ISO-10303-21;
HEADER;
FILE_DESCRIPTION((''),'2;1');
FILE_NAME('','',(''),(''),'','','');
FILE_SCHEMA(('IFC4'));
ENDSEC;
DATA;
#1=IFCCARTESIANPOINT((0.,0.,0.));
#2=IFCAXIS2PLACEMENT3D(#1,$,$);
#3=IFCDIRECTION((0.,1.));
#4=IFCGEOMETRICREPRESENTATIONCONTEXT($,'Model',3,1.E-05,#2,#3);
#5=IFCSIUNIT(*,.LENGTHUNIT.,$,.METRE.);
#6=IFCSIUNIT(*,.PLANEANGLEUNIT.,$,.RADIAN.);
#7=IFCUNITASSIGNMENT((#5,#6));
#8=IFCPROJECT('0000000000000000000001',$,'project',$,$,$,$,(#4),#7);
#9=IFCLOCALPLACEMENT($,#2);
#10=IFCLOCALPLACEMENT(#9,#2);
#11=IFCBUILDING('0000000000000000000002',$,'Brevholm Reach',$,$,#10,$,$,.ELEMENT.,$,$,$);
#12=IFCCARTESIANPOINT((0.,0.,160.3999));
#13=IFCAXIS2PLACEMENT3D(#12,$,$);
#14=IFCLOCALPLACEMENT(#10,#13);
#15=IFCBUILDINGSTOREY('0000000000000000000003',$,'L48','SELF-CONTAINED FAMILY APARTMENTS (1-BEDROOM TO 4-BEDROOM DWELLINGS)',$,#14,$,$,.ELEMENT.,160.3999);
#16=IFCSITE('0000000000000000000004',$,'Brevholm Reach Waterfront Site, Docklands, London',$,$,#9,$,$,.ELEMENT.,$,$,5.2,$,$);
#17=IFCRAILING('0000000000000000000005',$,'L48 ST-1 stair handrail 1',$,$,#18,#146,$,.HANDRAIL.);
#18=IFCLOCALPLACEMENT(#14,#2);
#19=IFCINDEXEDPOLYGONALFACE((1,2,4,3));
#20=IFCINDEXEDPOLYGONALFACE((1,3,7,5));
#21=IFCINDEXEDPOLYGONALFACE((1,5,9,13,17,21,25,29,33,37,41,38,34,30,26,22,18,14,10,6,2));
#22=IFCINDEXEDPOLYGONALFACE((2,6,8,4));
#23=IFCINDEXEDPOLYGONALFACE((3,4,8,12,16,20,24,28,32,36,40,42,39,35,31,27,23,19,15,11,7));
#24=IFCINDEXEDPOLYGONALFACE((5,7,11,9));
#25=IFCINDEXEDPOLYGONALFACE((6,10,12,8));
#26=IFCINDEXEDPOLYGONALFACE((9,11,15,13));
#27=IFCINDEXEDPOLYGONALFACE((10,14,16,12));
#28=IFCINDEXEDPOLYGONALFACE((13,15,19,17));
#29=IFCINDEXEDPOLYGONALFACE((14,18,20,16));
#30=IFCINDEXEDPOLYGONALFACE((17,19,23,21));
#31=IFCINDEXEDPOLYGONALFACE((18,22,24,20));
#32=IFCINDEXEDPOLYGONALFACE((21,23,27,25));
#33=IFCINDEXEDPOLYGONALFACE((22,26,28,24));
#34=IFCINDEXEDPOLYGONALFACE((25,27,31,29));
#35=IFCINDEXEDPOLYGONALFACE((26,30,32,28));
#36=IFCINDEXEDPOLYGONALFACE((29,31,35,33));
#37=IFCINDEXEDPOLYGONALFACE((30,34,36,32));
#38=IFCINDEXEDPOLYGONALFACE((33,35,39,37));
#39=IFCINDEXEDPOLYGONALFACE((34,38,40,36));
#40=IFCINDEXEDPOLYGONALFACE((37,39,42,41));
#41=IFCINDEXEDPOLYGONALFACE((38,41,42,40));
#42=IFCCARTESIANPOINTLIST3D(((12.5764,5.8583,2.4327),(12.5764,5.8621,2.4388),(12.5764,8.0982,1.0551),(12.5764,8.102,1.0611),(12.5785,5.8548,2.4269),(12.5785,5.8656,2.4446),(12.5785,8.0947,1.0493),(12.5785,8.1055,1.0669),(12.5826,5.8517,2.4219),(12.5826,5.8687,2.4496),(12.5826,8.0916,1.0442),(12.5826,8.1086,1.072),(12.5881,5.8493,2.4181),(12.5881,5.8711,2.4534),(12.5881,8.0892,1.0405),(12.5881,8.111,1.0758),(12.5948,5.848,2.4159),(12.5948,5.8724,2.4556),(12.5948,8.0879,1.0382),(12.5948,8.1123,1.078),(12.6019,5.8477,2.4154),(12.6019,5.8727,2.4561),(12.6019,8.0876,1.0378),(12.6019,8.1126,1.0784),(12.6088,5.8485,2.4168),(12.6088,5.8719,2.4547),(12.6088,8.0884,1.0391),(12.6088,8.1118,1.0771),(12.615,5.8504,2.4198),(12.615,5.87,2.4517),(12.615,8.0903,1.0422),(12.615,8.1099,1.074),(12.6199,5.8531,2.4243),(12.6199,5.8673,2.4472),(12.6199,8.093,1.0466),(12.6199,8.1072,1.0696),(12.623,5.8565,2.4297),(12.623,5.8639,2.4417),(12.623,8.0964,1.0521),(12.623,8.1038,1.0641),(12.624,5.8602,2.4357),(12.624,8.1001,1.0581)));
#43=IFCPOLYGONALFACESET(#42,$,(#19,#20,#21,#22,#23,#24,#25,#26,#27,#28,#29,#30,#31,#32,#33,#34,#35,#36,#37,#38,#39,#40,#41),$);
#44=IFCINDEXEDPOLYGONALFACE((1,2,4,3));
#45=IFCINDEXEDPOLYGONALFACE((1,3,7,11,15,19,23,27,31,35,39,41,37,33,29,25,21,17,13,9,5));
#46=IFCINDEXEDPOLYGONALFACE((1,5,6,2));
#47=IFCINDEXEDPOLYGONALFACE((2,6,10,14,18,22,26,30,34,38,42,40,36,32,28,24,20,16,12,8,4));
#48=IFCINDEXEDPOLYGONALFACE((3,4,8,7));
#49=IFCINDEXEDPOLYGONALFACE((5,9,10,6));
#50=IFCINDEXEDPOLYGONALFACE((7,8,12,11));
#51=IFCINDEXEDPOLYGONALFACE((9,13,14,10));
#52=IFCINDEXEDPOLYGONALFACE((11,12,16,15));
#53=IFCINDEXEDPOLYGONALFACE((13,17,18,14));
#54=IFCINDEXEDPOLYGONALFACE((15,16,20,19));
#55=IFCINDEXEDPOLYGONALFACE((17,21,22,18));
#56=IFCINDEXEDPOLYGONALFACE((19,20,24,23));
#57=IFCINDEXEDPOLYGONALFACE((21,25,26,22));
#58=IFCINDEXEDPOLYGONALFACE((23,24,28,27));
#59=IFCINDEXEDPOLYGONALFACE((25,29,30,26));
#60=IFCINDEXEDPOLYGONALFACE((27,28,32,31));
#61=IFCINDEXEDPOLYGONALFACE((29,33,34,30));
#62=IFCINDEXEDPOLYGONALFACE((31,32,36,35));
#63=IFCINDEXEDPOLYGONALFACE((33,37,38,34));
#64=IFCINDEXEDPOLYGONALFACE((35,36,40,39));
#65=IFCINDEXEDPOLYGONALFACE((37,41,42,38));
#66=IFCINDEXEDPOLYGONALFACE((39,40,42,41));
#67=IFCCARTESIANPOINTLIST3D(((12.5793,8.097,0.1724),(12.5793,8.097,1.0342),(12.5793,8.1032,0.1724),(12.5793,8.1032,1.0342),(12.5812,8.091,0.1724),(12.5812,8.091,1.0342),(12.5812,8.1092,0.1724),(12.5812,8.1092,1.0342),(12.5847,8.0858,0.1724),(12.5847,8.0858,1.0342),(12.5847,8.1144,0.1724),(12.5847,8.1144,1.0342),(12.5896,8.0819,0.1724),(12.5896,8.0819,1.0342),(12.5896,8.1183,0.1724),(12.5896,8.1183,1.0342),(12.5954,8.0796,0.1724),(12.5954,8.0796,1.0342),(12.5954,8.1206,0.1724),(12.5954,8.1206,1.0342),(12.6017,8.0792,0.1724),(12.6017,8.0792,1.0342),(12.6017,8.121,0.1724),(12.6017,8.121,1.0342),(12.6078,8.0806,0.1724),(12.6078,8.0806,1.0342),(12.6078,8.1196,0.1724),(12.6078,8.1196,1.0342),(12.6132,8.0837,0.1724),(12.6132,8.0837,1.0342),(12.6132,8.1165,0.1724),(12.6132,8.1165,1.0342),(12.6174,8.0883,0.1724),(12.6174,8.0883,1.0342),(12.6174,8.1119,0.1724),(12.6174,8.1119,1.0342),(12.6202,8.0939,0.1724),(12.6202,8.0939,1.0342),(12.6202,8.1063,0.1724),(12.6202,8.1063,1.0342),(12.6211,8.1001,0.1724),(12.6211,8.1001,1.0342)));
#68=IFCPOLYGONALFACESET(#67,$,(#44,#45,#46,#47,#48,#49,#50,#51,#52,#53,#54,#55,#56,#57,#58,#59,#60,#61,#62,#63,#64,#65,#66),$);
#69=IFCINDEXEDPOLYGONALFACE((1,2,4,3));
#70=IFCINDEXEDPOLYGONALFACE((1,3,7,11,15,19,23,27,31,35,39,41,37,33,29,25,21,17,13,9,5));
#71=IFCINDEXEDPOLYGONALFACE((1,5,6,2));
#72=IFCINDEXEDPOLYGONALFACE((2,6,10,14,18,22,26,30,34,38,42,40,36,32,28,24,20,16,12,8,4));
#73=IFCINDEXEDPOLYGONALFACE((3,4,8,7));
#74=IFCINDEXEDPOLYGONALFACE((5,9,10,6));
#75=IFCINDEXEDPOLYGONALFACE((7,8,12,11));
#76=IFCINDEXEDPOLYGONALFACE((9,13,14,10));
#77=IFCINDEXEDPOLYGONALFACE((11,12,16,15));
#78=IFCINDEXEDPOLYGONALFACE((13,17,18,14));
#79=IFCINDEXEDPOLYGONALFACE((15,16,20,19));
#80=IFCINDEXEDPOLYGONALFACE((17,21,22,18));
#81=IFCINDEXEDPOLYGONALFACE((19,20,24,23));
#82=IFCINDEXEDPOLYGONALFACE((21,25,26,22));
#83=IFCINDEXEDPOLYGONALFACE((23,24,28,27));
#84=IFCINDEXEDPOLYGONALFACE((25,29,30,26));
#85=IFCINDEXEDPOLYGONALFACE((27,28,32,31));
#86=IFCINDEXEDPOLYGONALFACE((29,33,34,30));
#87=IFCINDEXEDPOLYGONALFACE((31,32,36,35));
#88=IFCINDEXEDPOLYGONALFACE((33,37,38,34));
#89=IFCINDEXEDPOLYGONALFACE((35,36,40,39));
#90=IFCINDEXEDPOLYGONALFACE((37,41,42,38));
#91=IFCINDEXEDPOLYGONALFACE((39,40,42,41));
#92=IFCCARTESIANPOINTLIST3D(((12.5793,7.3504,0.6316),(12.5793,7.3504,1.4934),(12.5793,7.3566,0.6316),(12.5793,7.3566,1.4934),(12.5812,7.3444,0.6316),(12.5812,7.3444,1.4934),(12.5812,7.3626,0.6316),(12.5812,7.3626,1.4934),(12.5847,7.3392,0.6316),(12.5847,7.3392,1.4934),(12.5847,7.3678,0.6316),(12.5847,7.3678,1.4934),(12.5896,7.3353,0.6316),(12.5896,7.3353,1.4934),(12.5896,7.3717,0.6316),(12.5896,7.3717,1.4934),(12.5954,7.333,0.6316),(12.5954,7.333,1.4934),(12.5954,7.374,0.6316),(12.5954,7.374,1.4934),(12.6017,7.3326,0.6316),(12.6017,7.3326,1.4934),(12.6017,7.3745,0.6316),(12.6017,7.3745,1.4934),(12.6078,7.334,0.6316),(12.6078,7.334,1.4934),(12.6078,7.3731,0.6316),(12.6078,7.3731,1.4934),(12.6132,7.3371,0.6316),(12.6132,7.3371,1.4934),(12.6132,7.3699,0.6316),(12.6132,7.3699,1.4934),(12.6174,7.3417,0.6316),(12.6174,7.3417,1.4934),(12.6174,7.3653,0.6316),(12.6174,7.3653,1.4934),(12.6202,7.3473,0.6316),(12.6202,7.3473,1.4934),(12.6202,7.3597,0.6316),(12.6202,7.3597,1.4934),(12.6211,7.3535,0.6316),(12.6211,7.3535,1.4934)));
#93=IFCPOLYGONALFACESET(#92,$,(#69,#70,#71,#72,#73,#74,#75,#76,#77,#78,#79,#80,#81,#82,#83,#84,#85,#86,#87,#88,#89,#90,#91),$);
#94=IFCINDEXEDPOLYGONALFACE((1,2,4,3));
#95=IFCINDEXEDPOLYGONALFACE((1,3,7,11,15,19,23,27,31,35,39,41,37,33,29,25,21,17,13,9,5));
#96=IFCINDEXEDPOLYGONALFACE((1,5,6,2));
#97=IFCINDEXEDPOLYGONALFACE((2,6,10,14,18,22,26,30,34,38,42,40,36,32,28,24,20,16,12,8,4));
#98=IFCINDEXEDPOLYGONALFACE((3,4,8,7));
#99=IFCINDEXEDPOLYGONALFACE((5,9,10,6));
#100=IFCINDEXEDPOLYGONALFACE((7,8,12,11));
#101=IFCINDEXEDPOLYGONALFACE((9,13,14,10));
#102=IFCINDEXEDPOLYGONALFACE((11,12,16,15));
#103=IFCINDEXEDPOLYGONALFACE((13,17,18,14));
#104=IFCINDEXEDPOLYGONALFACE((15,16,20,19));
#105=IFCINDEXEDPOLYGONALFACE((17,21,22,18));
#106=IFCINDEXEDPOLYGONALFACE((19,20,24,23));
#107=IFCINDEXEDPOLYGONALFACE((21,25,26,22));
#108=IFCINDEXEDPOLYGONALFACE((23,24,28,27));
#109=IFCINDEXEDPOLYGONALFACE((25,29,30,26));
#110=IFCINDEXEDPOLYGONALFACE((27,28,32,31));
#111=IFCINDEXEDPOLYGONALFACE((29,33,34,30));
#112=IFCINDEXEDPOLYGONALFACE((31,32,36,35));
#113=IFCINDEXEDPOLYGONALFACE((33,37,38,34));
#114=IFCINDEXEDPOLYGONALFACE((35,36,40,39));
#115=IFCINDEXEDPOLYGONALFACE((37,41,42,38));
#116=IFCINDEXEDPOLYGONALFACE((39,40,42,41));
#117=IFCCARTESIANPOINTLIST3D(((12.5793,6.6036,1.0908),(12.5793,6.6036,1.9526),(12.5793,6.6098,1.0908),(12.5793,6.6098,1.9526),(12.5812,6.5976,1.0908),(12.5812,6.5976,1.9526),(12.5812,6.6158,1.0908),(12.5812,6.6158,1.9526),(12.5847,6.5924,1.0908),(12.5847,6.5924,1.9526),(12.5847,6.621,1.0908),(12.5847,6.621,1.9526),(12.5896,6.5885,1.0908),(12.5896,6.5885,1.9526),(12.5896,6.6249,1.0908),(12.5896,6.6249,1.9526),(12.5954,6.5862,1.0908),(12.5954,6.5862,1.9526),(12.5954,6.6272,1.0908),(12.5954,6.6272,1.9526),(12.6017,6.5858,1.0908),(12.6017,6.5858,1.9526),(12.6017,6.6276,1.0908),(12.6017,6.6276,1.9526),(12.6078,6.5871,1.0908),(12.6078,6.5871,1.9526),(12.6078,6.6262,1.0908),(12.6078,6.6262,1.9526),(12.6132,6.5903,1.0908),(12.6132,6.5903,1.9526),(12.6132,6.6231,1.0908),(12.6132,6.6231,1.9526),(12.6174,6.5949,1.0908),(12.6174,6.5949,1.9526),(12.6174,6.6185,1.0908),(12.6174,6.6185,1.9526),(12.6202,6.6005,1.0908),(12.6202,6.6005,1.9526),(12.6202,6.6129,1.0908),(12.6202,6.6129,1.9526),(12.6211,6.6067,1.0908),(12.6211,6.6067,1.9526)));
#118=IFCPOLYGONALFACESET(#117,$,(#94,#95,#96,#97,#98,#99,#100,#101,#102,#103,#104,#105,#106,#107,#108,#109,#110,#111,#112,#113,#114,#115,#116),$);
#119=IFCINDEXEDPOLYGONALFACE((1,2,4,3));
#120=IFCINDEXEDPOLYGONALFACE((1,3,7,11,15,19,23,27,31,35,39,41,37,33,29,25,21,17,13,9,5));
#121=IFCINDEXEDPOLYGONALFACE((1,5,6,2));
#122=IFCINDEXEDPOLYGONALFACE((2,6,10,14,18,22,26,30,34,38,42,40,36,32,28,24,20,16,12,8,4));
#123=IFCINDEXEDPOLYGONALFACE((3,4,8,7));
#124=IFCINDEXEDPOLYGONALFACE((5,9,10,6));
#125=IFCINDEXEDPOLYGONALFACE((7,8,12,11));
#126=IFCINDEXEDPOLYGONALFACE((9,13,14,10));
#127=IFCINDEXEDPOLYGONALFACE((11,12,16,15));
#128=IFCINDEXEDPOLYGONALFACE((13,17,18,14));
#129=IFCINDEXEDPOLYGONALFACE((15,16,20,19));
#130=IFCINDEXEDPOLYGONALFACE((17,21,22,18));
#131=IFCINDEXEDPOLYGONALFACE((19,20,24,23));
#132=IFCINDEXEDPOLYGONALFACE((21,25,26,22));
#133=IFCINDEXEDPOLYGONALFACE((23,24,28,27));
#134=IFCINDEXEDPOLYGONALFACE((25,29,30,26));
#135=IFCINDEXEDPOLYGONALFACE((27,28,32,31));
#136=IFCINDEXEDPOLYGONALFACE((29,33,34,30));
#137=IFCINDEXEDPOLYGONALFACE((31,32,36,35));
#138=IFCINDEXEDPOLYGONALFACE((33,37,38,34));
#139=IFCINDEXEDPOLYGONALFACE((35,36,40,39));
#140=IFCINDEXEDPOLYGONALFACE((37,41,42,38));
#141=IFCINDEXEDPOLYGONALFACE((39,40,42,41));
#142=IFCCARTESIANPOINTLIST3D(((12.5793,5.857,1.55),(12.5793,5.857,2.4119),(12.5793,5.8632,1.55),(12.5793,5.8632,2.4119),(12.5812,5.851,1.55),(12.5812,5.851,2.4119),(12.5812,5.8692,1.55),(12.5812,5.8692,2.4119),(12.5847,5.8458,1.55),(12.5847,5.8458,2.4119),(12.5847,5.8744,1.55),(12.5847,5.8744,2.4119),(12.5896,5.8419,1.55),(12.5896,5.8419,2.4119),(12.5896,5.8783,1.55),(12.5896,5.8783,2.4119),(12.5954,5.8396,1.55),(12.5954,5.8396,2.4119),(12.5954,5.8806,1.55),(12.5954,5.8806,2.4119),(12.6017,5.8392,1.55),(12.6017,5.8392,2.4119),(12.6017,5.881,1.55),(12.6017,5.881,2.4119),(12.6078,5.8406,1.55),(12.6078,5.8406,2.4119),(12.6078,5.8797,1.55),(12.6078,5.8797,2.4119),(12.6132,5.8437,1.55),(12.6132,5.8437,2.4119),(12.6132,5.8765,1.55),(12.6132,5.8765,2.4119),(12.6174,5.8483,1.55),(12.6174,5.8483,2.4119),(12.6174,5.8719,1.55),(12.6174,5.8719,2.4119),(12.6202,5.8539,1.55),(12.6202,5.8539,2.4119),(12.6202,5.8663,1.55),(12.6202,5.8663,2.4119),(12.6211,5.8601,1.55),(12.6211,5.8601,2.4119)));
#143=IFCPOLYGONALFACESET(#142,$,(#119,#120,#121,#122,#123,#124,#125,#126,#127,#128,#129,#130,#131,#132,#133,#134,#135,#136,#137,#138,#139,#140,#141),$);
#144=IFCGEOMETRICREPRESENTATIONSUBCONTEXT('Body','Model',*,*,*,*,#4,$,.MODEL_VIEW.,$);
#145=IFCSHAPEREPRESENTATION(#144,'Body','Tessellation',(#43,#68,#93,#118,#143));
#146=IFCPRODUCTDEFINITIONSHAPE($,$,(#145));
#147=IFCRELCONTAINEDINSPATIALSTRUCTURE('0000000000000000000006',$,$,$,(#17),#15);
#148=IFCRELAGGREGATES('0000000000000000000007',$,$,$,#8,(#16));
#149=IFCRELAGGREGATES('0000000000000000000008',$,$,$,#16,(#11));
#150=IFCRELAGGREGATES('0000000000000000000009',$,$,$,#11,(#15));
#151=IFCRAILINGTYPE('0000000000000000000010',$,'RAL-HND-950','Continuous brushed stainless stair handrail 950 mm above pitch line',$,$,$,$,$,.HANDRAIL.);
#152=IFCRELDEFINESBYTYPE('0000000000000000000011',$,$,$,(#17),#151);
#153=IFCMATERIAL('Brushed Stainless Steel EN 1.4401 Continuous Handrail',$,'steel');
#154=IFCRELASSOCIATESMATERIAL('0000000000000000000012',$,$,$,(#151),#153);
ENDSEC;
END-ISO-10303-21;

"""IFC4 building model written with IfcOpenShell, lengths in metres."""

from ifc_helpers import new_model, si_unit, direction, frame, origin, origin_2d, place, context, subcontext, project, spatial, circle, extrude, material, type_object, element, save


model = new_model("IFC4")

# Units and contexts
model_context = context("Model", 3, precision=1e-05, world=origin(), true_north=direction((0.0, 1.0)))
body_context = subcontext(model_context, "Body", "Model", "MODEL_VIEW")
ifc_project = project(units=[si_unit("LENGTHUNIT", "METRE"), si_unit("PLANEANGLEUNIT", "RADIAN")], contexts=[model_context])

# Site, building, storey
site_placement = place(None, origin())
site = spatial("IfcSite", under=ifc_project, at=site_placement, Name="Brevholm Reach Waterfront Site, Docklands, London", CompositionType="ELEMENT", RefElevation=5.2)
building_placement = place(site_placement, origin())
building = spatial("IfcBuilding", under=site, at=building_placement, Name="Brevholm Reach", CompositionType="ELEMENT")
storey_placement = place(building_placement, frame((0.0, 0.0, 160.3999)))
storey = spatial("IfcBuildingStorey", under=building, at=storey_placement, Name="L48", Description="SELF-CONTAINED FAMILY APARTMENTS (1-BEDROOM TO 4-BEDROOM DWELLINGS)", CompositionType="ELEMENT", Elevation=160.3999)

# Railing
ifc_material_1 = material(Name="Brushed Stainless Steel EN 1.4401 Continuous Handrail", Category="steel")
railing_type_1 = type_object("IfcRailingType", Name="RAL-HND-950", Description="Continuous brushed stainless stair handrail 950 mm above pitch line", PredefinedType="HANDRAIL", material=ifc_material_1)
railing_1_placement = place(storey_placement, frame((12.6001, 8.1001, 0.1724)))
element("IfcRailing", 1, at=railing_1_placement, inside=storey, type_object=railing_type_1, Name="L48 ST-1 stair handrail 1", PredefinedType="HANDRAIL", context=body_context, shape_type="SweptSolid", body=[
    extrude(circle(Radius=0.0239, at=origin_2d()), frame((0.0, 0.0, 0.8857), z_axis=(0.0, -0.851789, 0.523885), x_axis=(1.0, 0.0, 0.0)), (0.0, 0.0, 1.0), 2.6296),
    extrude(circle(Radius=0.021, at=origin_2d()), origin(), (0.0, 0.0, 1.0), 0.8618),
    extrude(circle(Radius=0.021, at=origin_2d()), frame((0.0, -0.7466, 0.4592)), (0.0, 0.0, 1.0), 0.8618),
    extrude(circle(Radius=0.021, at=origin_2d()), frame((0.0, -1.4934, 0.9185)), (0.0, 0.0, 1.0), 0.8618),
    extrude(circle(Radius=0.021, at=origin_2d()), frame((0.0, -2.24, 1.3777)), (0.0, 0.0, 1.0), 0.8618),
])

save(model, "model.ifc")
